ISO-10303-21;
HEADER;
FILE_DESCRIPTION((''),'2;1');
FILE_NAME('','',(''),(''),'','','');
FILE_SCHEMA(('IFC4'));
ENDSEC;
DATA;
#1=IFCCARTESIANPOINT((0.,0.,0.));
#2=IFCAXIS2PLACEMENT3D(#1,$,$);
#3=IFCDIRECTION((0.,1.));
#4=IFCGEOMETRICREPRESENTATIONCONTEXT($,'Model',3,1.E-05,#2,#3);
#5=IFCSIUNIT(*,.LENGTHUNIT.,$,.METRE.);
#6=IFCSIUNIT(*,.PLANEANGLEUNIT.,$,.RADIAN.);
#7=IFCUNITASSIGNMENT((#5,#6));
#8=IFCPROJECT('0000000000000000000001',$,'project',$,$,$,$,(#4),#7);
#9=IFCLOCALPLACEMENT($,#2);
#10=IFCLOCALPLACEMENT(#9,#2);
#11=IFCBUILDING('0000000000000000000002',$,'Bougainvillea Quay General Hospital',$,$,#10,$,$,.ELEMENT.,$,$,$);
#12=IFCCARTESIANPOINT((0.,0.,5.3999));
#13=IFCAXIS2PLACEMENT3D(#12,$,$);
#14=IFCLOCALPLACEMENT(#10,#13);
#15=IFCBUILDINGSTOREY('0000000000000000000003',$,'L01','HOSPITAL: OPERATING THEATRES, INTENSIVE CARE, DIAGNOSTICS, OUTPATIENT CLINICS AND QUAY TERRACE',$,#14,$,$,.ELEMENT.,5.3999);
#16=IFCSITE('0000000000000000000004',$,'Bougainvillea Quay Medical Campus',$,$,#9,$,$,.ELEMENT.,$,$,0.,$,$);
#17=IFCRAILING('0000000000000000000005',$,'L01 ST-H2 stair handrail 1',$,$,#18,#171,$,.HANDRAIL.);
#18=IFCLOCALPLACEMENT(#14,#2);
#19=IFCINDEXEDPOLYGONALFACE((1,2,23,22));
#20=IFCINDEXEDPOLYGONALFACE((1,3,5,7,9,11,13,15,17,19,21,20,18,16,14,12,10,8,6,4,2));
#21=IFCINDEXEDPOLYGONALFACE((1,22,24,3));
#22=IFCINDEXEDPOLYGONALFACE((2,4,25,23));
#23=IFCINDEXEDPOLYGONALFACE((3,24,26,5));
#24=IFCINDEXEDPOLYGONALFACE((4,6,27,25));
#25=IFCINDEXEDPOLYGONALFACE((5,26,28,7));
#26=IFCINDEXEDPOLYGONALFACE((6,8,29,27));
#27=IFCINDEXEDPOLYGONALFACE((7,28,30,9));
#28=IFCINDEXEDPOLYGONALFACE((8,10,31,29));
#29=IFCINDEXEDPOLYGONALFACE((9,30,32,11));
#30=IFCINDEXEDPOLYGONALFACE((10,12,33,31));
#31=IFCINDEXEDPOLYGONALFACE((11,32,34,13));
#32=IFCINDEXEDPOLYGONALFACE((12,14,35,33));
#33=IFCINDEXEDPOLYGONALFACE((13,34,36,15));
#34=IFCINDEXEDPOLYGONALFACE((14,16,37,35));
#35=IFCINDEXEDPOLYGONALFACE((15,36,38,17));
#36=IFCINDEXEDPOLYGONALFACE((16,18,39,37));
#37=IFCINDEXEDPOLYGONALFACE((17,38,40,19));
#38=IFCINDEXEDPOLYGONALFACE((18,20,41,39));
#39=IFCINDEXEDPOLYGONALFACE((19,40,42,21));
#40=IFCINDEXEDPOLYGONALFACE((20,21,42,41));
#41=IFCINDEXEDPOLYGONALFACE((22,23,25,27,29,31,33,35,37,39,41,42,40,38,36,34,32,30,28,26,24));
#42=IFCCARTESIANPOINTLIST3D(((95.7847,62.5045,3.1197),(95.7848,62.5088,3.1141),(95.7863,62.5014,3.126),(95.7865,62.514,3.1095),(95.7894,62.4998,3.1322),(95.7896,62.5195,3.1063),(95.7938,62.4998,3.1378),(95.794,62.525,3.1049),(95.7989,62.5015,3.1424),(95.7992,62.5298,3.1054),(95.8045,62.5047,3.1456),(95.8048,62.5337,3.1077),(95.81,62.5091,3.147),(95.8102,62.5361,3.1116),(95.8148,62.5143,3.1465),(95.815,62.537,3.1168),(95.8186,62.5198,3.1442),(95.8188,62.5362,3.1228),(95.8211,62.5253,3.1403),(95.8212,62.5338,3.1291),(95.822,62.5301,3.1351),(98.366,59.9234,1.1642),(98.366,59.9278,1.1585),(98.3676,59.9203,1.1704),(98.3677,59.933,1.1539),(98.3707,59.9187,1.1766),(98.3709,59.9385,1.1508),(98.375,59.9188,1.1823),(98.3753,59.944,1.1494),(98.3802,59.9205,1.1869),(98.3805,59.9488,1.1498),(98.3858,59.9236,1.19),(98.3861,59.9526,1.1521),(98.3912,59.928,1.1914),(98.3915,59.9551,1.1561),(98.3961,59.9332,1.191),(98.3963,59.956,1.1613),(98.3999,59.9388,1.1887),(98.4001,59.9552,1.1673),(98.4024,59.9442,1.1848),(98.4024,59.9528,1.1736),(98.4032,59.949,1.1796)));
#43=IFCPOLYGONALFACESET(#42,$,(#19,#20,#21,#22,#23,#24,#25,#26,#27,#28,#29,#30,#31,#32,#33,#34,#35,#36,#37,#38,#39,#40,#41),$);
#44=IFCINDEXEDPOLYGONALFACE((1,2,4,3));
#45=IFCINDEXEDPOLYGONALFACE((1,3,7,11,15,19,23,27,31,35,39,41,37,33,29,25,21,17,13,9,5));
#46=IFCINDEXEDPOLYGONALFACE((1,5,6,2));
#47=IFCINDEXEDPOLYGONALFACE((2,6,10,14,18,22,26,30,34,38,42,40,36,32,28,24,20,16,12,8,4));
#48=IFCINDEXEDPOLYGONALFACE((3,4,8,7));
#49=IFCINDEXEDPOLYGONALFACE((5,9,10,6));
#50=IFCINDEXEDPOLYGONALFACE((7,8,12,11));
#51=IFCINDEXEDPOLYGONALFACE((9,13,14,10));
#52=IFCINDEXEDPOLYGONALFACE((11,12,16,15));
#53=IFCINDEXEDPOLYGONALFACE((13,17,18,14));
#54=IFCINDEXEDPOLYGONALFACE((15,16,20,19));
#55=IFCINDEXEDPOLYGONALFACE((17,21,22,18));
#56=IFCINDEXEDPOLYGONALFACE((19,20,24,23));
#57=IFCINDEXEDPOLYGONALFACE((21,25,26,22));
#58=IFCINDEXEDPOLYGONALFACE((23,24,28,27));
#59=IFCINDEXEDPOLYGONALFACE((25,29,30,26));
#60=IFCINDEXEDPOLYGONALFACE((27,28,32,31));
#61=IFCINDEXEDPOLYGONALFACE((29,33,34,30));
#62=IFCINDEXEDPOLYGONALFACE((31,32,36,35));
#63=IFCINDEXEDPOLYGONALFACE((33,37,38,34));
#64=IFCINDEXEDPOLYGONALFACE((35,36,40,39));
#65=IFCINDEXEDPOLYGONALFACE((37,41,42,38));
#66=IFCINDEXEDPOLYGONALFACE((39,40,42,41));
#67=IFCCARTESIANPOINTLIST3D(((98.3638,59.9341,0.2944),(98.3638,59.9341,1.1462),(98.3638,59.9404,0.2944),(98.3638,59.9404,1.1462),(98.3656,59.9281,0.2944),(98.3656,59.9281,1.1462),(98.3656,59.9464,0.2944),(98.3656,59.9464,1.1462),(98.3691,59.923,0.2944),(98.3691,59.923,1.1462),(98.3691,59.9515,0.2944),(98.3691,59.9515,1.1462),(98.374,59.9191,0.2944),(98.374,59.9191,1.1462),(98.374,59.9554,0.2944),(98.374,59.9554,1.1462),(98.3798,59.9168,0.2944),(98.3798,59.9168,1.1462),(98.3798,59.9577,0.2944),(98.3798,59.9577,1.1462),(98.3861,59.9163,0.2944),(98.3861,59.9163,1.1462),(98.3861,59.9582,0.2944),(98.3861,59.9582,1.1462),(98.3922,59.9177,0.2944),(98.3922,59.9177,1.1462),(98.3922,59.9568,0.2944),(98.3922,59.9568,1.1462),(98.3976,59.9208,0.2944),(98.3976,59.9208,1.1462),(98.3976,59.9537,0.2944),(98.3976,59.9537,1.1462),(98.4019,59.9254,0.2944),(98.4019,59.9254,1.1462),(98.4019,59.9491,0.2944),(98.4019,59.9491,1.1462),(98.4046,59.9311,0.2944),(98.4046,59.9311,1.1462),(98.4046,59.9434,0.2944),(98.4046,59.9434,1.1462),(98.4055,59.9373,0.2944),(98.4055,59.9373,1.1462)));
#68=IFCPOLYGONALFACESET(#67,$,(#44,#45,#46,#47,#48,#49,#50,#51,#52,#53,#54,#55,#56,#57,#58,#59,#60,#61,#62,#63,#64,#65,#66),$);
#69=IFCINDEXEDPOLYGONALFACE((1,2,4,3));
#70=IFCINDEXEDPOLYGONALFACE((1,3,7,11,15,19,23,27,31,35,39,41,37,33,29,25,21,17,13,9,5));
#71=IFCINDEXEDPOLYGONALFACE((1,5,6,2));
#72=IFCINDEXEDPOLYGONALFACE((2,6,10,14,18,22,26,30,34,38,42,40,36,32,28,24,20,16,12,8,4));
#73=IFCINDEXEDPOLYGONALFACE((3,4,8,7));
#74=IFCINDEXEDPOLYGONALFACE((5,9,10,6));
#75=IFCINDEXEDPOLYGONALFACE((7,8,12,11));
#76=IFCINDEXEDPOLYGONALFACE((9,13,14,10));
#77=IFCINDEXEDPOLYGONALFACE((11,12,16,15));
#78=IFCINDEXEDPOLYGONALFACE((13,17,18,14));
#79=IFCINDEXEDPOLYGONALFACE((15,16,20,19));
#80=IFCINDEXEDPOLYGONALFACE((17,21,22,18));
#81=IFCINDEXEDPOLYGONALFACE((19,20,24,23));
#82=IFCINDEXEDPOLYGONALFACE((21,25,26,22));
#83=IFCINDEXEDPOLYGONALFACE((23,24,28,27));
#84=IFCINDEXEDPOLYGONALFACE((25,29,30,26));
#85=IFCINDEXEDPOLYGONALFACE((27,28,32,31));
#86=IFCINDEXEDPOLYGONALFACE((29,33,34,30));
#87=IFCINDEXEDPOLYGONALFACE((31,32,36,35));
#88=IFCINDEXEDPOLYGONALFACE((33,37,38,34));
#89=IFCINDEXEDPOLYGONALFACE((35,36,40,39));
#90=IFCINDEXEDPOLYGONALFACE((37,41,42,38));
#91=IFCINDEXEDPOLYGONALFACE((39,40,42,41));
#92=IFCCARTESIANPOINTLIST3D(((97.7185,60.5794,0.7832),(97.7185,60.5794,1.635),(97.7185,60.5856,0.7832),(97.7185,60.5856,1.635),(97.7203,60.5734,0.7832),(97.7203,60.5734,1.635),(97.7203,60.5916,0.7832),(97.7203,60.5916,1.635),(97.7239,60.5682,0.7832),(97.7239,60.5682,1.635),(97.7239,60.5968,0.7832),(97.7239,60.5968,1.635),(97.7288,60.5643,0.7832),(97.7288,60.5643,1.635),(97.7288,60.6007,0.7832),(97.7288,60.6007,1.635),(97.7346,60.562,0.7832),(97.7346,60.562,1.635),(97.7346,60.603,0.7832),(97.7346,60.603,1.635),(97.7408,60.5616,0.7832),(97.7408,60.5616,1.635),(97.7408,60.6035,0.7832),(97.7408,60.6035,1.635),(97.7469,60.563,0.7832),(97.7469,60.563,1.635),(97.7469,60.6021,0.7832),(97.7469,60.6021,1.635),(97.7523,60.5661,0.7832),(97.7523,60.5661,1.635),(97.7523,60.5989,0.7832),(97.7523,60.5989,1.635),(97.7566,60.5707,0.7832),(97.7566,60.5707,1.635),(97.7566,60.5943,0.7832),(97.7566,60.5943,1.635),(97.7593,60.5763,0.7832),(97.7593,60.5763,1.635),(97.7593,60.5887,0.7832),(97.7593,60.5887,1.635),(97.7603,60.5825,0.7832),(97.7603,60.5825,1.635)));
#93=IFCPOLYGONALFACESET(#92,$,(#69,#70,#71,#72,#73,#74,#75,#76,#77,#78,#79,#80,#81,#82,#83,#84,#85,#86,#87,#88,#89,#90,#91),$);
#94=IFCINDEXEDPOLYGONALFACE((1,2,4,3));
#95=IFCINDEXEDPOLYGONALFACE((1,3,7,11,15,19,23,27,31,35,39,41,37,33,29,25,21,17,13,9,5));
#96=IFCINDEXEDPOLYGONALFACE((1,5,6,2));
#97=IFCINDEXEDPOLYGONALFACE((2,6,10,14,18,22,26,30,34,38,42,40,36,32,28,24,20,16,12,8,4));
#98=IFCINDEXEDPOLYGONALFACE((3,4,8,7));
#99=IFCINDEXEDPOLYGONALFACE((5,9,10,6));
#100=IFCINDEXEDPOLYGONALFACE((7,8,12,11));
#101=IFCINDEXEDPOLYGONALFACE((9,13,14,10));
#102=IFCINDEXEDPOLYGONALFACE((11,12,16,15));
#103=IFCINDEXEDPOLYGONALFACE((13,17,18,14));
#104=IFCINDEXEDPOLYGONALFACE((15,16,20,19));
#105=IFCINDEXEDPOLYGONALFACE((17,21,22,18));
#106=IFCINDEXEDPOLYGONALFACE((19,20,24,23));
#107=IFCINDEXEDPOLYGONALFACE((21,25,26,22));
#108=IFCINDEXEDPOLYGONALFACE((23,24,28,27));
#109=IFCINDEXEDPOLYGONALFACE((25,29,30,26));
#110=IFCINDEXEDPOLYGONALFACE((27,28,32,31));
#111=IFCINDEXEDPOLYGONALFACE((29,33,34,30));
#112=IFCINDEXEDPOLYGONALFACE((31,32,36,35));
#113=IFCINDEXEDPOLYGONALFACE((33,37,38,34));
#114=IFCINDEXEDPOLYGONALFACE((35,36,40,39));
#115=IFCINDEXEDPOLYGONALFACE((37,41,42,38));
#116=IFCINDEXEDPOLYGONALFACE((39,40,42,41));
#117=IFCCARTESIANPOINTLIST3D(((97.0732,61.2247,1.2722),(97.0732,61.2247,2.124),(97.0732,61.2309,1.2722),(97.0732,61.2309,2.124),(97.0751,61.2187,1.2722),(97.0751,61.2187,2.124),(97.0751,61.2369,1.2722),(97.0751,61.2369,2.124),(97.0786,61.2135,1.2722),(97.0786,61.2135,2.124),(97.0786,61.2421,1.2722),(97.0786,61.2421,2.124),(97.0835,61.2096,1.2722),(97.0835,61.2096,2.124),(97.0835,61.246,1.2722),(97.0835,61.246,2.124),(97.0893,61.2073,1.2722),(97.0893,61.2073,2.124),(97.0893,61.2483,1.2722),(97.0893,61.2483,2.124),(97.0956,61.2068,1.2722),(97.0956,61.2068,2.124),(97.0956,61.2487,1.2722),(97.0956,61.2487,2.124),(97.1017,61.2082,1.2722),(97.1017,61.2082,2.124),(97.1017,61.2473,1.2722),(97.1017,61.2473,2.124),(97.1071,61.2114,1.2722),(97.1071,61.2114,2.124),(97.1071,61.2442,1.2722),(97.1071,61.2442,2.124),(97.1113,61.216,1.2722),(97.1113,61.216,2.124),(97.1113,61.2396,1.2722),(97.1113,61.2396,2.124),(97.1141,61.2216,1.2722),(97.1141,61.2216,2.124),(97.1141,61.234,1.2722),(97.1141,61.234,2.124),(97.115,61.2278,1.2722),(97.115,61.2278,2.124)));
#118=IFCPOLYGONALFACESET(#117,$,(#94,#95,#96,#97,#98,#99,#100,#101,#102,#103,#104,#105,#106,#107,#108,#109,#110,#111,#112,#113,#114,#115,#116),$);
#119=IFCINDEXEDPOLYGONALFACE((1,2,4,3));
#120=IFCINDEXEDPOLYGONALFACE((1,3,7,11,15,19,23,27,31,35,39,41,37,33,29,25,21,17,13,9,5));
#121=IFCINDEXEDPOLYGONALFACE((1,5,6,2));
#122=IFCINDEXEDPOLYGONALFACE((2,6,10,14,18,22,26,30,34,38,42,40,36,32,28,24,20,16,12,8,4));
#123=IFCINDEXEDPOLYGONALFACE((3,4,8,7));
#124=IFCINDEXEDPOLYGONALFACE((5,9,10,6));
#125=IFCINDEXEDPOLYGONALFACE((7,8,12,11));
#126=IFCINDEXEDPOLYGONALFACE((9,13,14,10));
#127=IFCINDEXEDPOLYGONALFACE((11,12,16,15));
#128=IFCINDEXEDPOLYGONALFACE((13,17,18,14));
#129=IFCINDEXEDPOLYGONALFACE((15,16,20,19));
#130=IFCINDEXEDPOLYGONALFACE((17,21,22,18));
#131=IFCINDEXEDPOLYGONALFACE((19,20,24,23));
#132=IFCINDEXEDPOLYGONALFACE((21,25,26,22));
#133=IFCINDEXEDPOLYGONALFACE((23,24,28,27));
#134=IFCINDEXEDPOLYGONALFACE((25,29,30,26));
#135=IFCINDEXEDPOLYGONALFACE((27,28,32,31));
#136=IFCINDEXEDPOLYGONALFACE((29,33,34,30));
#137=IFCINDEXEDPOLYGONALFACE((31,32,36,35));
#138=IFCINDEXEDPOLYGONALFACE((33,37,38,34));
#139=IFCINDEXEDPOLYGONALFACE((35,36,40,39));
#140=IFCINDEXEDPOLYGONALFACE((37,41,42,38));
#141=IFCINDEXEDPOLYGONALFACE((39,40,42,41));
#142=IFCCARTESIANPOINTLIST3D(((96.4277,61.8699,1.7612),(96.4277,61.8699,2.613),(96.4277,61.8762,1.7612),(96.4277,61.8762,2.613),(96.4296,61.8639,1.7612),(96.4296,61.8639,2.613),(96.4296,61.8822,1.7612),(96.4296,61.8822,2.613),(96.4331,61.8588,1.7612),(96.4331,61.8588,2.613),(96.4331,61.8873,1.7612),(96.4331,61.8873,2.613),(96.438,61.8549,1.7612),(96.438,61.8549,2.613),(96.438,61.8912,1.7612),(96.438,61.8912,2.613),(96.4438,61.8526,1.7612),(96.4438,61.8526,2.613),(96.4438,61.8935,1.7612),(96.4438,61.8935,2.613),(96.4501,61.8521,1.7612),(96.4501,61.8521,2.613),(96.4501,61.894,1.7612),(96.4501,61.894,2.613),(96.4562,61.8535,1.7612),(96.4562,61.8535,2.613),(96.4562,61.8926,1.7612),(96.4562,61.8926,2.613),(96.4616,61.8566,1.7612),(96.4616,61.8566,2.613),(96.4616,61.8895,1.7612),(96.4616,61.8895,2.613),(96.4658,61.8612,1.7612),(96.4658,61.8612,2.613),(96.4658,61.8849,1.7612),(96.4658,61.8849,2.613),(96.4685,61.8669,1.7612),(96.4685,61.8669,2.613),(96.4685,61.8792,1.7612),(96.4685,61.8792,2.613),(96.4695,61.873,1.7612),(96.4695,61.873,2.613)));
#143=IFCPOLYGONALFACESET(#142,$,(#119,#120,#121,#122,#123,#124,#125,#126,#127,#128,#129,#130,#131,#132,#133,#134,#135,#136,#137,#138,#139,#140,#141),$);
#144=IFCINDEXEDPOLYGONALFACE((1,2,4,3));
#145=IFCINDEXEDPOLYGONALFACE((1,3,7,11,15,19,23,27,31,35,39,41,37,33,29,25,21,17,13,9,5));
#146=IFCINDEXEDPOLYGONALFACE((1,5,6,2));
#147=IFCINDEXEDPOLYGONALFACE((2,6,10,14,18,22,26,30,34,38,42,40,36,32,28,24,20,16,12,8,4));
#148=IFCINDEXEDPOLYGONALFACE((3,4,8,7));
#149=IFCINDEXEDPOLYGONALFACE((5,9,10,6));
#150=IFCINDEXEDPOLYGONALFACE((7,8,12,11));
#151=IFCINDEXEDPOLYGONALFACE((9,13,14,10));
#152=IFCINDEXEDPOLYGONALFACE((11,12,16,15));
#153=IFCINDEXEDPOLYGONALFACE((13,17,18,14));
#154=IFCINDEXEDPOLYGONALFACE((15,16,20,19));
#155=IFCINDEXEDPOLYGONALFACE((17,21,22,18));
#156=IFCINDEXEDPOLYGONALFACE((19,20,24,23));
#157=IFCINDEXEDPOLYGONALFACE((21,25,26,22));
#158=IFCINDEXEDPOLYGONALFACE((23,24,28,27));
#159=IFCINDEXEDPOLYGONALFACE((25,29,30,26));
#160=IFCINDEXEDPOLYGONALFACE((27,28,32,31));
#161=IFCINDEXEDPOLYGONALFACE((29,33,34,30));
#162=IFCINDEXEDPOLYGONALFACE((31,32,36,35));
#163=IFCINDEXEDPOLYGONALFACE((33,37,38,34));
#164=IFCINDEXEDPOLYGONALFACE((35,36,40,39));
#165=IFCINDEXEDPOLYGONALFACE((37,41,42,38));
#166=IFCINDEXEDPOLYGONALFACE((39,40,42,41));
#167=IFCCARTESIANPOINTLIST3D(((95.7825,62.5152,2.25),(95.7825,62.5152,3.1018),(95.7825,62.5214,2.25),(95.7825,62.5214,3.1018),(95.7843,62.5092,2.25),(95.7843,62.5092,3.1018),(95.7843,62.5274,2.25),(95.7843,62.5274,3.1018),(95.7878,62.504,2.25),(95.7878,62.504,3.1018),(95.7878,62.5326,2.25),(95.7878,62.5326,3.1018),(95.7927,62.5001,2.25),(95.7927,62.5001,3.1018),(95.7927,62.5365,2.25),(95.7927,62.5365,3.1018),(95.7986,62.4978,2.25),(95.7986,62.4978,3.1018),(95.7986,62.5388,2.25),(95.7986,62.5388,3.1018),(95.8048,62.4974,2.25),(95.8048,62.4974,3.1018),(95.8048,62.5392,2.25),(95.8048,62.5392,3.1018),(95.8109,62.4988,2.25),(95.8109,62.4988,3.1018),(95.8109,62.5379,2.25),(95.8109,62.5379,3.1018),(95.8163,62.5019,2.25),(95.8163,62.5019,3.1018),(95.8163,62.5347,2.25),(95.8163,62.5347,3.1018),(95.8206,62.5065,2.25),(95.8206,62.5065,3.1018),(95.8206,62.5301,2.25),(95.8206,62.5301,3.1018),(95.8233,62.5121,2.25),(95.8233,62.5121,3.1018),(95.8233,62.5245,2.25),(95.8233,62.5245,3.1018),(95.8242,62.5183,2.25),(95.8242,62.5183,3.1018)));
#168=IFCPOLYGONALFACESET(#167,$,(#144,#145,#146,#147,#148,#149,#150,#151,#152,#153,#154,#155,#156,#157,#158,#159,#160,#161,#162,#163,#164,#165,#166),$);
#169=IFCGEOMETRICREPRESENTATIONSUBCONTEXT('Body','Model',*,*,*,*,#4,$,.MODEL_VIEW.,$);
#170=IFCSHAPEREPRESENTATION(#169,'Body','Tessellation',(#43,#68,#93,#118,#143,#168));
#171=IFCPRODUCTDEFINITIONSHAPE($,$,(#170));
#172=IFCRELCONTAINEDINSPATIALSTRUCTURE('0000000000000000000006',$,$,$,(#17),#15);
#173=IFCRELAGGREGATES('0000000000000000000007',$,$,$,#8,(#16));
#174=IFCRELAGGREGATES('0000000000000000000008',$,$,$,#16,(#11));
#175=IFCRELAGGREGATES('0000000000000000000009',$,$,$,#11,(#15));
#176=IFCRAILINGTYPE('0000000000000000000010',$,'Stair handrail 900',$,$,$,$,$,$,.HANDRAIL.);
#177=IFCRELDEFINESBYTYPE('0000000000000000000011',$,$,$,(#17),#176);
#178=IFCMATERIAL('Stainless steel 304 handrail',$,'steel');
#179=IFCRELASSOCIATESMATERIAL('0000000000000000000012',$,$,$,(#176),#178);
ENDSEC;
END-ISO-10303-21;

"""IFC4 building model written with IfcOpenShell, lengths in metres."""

from ifc_helpers import new_model, si_unit, direction, frame, origin, origin_2d, place, context, subcontext, project, spatial, circle, extrude, material, type_object, element, save


model = new_model("IFC4")

# Units and contexts
model_context = context("Model", 3, precision=1e-05, world=origin(), true_north=direction((0.0, 1.0)))
body_context = subcontext(model_context, "Body", "Model", "MODEL_VIEW")
ifc_project = project(units=[si_unit("LENGTHUNIT", "METRE"), si_unit("PLANEANGLEUNIT", "RADIAN")], contexts=[model_context])

# Site, building, storey
site_placement = place(None, origin())
site = spatial("IfcSite", under=ifc_project, at=site_placement, Name="Bougainvillea Quay Medical Campus", CompositionType="ELEMENT", RefElevation=0.0)
building_placement = place(site_placement, origin())
building = spatial("IfcBuilding", under=site, at=building_placement, Name="Bougainvillea Quay General Hospital", CompositionType="ELEMENT")
storey_placement = place(building_placement, frame((0.0, 0.0, 5.3999)))
storey = spatial("IfcBuildingStorey", under=building, at=storey_placement, Name="L01", Description="HOSPITAL: OPERATING THEATRES, INTENSIVE CARE, DIAGNOSTICS, OUTPATIENT CLINICS AND QUAY TERRACE", CompositionType="ELEMENT", Elevation=5.3999)

# Railing
ifc_material_1 = material(Name="Stainless steel 304 handrail", Category="steel")
railing_type_1 = type_object("IfcRailingType", Name="Stair handrail 900", PredefinedType="HANDRAIL", material=ifc_material_1)
railing_1_placement = place(storey_placement, frame((98.3845, 59.9373, 0.2944)))
element("IfcRailing", 1, at=railing_1_placement, inside=storey, type_object=railing_type_1, Name="L01 ST-H2 stair handrail 1", PredefinedType="HANDRAIL", context=body_context, shape_type="SweptSolid", body=[
    extrude(circle(Radius=0.0239, at=origin_2d()), frame((0.0, 0.0, 0.876), z_axis=(-0.623328, 0.623269, 0.472227), x_axis=(-0.707073, -0.70714, 0.0)), (0.0, 0.0, 1.0), 4.1411),
    extrude(circle(Radius=0.021, at=origin_2d()), origin(), (0.0, 0.0, 1.0), 0.8518),
    extrude(circle(Radius=0.021, at=origin_2d()), frame((-0.6453, 0.6453, 0.4888)), (0.0, 0.0, 1.0), 0.8518),
    extrude(circle(Radius=0.021, at=origin_2d()), frame((-1.2905, 1.2905, 0.9778)), (0.0, 0.0, 1.0), 0.8518),
    extrude(circle(Radius=0.021, at=origin_2d()), frame((-1.936, 1.9358, 1.4668)), (0.0, 0.0, 1.0), 0.8518),
    extrude(circle(Radius=0.021, at=origin_2d()), frame((-2.5813, 2.5811, 1.9556)), (0.0, 0.0, 1.0), 0.8518),
])

save(model, "model.ifc")
